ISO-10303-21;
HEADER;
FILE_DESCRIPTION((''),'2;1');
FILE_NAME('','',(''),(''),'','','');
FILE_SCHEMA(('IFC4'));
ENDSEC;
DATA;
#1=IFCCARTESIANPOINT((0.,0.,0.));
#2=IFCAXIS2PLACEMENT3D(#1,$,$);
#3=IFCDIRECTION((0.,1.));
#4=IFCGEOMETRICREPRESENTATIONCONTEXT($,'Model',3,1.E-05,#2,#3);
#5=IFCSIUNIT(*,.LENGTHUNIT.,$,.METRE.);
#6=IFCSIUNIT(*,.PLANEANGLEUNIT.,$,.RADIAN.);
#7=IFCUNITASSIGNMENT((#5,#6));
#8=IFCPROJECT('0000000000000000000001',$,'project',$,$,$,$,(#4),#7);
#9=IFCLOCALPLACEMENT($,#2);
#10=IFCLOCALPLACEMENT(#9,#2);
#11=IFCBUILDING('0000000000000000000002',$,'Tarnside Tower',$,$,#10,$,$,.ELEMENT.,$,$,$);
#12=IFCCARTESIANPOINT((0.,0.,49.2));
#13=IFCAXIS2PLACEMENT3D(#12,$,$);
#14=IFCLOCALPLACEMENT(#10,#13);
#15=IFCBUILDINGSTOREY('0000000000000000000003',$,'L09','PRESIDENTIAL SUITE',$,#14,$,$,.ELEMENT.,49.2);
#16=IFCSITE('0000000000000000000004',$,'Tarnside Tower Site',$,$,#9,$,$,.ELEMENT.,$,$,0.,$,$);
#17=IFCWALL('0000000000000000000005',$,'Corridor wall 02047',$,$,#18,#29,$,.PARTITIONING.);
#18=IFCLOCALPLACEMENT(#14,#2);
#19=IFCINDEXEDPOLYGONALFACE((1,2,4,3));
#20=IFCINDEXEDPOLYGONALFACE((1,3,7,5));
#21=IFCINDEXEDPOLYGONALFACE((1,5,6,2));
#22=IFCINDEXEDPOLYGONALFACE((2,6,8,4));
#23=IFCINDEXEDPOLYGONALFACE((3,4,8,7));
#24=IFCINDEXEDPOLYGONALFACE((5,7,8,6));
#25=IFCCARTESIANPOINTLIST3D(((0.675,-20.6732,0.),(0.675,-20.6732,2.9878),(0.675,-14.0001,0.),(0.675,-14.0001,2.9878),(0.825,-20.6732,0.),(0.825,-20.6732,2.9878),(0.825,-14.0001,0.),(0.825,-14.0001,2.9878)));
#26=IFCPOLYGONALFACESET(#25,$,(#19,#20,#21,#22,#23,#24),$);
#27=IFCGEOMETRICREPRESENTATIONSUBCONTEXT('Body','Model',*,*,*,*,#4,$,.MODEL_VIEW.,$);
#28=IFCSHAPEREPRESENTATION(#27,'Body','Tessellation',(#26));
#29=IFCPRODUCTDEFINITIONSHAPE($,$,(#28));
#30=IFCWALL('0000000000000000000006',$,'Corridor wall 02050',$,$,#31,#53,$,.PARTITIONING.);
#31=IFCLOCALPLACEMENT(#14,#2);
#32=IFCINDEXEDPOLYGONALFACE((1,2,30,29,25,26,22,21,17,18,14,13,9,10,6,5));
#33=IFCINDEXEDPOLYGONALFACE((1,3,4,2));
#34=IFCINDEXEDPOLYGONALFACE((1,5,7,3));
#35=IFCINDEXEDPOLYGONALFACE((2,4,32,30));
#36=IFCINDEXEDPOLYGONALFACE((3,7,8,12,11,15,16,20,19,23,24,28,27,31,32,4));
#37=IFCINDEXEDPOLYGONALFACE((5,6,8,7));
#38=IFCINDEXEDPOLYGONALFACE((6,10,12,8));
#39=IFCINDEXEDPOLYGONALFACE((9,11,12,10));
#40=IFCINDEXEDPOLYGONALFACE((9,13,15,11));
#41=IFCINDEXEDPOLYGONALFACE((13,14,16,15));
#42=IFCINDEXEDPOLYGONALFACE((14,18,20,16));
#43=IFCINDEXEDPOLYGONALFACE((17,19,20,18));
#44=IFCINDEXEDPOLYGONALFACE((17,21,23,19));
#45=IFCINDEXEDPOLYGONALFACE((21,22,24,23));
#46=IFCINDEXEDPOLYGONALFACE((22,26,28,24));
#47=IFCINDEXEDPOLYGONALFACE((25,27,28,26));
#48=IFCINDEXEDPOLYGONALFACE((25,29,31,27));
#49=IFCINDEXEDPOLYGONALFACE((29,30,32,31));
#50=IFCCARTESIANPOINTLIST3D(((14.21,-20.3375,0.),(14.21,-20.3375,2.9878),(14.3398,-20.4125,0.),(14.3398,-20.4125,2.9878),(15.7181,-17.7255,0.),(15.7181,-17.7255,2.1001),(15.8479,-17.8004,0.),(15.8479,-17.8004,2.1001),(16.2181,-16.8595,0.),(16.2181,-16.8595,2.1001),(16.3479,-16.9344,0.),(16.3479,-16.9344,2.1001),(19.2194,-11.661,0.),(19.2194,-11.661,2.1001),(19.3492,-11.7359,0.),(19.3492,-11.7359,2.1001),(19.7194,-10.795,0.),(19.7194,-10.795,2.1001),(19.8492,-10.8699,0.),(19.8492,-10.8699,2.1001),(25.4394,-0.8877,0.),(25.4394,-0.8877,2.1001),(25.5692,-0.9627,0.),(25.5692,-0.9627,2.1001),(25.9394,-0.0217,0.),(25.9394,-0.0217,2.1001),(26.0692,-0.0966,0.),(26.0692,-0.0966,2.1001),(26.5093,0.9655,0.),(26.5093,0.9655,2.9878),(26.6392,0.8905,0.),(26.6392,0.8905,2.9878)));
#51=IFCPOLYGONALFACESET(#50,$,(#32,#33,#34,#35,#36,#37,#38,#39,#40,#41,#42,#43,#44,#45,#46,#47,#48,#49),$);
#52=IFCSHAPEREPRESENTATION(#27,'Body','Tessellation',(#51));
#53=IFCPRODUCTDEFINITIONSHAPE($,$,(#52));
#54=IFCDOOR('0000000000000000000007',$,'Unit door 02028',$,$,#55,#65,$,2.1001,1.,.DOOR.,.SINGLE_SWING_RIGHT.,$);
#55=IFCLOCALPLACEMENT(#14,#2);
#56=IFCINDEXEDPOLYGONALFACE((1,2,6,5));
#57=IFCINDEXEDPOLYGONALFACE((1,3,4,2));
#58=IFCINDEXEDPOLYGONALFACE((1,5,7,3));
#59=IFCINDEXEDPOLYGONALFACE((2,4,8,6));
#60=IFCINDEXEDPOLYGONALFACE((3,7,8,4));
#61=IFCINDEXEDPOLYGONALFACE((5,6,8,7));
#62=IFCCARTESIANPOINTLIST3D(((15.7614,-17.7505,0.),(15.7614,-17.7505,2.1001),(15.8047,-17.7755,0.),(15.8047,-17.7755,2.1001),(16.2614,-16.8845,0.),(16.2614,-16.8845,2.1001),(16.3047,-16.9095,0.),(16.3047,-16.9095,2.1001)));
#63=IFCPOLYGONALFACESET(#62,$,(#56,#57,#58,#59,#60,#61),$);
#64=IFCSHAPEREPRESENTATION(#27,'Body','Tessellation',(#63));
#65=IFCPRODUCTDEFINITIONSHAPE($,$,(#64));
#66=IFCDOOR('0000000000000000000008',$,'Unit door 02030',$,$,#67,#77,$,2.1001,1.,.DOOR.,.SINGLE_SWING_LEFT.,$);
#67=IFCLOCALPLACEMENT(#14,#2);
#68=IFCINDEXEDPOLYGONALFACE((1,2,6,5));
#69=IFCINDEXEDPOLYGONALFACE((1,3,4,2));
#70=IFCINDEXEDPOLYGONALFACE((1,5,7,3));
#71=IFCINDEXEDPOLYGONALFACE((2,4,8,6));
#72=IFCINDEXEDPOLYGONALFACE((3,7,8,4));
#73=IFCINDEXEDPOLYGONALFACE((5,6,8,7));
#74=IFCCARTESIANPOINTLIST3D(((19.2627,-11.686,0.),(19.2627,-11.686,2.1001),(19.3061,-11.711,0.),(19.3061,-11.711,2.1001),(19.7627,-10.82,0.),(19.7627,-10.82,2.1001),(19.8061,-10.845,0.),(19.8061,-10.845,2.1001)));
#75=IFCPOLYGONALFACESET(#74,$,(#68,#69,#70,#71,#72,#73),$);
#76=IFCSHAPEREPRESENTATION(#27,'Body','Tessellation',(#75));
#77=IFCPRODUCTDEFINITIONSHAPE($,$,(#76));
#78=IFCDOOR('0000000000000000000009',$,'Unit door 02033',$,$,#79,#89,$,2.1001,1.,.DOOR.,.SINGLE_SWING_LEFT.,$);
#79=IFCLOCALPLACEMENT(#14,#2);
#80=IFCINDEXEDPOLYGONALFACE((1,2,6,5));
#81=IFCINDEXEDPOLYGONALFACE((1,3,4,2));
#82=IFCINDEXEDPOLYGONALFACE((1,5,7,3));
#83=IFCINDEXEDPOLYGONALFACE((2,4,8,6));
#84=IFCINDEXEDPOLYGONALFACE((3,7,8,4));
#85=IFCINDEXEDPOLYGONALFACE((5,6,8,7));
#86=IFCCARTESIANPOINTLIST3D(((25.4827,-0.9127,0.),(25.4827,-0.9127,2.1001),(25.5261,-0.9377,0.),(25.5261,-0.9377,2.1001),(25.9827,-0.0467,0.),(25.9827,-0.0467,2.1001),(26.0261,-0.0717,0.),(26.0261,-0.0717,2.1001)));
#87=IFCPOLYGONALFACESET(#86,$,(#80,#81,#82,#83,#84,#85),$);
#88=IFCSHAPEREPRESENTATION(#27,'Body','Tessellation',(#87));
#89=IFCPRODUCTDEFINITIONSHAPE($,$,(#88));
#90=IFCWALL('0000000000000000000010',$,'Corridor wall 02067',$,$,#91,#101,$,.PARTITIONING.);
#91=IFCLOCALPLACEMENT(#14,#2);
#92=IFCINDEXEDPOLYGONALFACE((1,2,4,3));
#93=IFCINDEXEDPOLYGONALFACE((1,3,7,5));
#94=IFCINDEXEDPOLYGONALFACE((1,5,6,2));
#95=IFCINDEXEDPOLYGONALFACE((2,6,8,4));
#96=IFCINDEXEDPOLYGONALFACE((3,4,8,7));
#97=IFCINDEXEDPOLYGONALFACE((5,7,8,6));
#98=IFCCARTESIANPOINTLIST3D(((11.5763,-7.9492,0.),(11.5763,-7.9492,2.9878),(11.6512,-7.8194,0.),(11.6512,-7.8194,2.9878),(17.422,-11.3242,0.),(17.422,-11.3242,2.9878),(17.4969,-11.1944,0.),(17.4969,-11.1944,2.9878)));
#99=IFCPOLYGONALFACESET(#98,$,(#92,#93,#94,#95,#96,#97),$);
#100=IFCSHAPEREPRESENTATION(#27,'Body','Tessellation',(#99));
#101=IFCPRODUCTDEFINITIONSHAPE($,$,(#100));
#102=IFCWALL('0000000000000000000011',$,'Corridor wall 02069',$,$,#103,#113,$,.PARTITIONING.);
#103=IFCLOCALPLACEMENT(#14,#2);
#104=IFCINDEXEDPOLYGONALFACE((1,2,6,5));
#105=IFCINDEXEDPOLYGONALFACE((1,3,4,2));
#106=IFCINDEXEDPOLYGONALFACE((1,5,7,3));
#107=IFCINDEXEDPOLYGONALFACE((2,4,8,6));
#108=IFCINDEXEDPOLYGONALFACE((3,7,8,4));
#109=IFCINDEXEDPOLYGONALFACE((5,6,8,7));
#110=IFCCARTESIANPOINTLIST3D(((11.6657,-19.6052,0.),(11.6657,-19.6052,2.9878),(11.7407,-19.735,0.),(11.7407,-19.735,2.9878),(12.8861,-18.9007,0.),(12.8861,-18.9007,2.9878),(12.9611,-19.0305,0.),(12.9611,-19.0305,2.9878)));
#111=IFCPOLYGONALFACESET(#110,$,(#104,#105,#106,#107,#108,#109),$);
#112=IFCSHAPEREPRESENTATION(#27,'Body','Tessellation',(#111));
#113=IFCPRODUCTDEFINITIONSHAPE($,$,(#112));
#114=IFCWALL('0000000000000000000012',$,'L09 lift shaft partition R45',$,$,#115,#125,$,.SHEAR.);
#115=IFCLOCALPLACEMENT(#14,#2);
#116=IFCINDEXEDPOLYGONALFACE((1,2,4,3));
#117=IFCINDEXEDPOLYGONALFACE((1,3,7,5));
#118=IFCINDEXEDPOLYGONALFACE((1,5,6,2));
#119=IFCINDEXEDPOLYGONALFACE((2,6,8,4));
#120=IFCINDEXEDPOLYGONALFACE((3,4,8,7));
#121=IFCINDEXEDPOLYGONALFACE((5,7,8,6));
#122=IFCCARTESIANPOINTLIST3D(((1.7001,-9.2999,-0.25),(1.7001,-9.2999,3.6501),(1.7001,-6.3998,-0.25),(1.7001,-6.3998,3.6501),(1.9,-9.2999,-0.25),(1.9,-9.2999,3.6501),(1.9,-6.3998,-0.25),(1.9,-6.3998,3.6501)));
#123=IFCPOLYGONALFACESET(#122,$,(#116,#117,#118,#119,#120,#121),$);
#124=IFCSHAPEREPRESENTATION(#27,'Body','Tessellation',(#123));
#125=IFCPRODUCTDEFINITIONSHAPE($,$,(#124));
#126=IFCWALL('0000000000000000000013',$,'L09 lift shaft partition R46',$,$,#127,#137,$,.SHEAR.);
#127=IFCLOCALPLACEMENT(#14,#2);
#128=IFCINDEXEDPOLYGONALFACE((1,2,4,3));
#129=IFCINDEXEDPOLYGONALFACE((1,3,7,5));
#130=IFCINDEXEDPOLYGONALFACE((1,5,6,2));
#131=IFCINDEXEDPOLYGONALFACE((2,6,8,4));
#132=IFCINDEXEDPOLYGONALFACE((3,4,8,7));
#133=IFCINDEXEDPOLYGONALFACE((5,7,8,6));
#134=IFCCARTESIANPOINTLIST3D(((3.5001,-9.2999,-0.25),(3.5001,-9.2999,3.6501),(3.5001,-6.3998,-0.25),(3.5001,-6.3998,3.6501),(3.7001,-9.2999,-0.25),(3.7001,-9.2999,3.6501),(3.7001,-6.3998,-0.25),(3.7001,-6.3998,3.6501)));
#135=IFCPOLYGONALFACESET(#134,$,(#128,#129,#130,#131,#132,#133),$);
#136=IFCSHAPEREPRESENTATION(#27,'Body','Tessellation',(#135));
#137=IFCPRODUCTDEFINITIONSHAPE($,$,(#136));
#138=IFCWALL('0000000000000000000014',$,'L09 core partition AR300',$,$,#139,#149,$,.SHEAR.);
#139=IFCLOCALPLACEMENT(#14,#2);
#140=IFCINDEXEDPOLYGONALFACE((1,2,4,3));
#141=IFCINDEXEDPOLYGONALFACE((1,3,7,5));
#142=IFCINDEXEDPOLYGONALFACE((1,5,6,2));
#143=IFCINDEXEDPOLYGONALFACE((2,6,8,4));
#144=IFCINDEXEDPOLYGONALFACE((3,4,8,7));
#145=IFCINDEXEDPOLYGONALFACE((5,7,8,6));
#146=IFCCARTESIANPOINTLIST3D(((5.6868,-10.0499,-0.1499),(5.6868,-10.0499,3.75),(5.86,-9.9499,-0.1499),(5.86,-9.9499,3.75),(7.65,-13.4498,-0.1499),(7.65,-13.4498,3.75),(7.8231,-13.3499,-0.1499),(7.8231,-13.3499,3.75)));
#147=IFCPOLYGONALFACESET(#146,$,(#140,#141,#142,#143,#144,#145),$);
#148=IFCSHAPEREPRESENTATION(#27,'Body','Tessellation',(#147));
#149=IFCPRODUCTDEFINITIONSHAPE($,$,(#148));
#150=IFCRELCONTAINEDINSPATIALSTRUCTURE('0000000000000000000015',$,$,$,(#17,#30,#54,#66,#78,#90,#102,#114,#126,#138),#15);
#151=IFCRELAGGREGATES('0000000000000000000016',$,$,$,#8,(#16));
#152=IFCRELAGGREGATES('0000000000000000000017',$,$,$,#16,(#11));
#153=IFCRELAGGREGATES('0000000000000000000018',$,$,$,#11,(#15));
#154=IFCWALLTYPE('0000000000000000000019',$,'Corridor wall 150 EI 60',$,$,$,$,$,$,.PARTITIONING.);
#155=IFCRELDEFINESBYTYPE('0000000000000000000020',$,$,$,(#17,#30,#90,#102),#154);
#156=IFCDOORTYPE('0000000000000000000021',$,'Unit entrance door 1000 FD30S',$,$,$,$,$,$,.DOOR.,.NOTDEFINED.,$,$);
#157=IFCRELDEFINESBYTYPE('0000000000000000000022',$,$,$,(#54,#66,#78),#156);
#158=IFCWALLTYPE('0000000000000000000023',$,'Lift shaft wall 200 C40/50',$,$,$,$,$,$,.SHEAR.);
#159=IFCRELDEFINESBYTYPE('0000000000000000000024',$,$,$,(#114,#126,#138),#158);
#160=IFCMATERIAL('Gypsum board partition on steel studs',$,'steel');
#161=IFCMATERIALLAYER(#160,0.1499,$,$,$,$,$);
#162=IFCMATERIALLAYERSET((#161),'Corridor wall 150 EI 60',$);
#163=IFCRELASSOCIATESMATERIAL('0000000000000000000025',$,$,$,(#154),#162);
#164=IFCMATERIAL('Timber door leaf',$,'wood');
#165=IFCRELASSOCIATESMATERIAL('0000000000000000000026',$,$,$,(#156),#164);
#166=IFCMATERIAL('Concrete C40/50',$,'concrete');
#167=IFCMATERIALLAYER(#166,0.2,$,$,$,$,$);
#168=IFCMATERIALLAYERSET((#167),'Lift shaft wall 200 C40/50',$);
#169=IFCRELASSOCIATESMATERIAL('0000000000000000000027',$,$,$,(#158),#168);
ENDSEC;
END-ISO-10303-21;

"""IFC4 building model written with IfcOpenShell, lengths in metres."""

from ifc_helpers import new_model, si_unit, direction, frame, frame_2d, origin, place, context, subcontext, project, spatial, rectangle, extrude, material, layer, layer_set, type_object, element, fill, save


model = new_model("IFC4")

# Units and contexts
model_context = context("Model", 3, precision=1e-05, world=origin(), true_north=direction((0.0, 1.0)))
body_context = subcontext(model_context, "Body", "Model", "MODEL_VIEW")
ifc_project = project(units=[si_unit("LENGTHUNIT", "METRE"), si_unit("PLANEANGLEUNIT", "RADIAN")], contexts=[model_context])

# Site, building, storey
site_placement = place(None, origin())
site = spatial("IfcSite", under=ifc_project, at=site_placement, Name="Tarnside Tower Site", CompositionType="ELEMENT", RefElevation=0.0)
building_placement = place(site_placement, origin())
building = spatial("IfcBuilding", under=site, at=building_placement, Name="Tarnside Tower", CompositionType="ELEMENT")
storey_placement = place(building_placement, frame((0.0, 0.0, 49.2)))
storey = spatial("IfcBuildingStorey", under=building, at=storey_placement, Name="L09", Description="PRESIDENTIAL SUITE", CompositionType="ELEMENT", Elevation=49.2)

# Shared definitions
ifc_material_1 = material(Name="Gypsum board partition on steel studs", Category="steel")
ifc_material_2 = material(Name="Timber door leaf", Category="wood")
ifc_layer_1 = layer(ifc_material_1, 0.1499)
ifc_layer_set_1 = layer_set([ifc_layer_1], Name="Corridor wall 150 EI 60")
wall_type_1 = type_object("IfcWallType", Name="Corridor wall 150 EI 60", PredefinedType="PARTITIONING", material=ifc_layer_set_1)

# Wall
wall_1_placement = place(storey_placement, frame((0.75, -20.6731, 0.0), z_axis=(0.0, 0.0, 1.0), x_axis=(0.0, 1.0, 0.0)))
element("IfcWall", 1, at=wall_1_placement, inside=storey, type_object=wall_type_1, Name="Corridor wall 02047", PredefinedType="PARTITIONING", context=body_context, shape_type="SweptSolid", body=[
    extrude(rectangle(XDim=6.6731, YDim=0.1499, at=frame_2d((3.3364, 0.0))), origin(), (0.0, 0.0, 1.0), 2.9878),
])

# Wall, openings, doors
wall_2_placement = place(storey_placement, frame((14.2749, -20.375, 0.0), z_axis=(0.0, 0.0, 1.0), x_axis=(0.500001, 0.866025, 0.0)))
wall_2 = element("IfcWall", 2, at=wall_2_placement, inside=storey, type_object=wall_type_1, Name="Corridor wall 02050", PredefinedType="PARTITIONING", context=body_context, shape_type="SweptSolid", body=[
    extrude(rectangle(XDim=24.5986, YDim=0.1499, at=frame_2d((12.2993, 0.0))), origin(), (0.0, 0.0, 1.0), 2.9878),
])
opening_1_placement = place(wall_2_placement, frame((3.0161, 0.0, 0.0)))
opening_1 = element("IfcOpeningElement", 3, at=opening_1_placement, cuts=wall_2, PredefinedType="OPENING", context=body_context, shape_type="SweptSolid", body=[
    extrude(rectangle(XDim=1.0, YDim=2.1001, at=frame_2d((0.5, 1.05))), frame((0.0, 0.085, 0.0), z_axis=(0.0, -1.0, 0.0), x_axis=(1.0, 0.0, 0.0)), (0.0, 0.0, 1.0), 0.1699),
])
opening_2_placement = place(wall_2_placement, frame((10.0188, 0.0, 0.0)))
opening_2 = element("IfcOpeningElement", 4, at=opening_2_placement, cuts=wall_2, PredefinedType="OPENING", context=body_context, shape_type="SweptSolid", body=[
    extrude(rectangle(XDim=1.0, YDim=2.1001, at=frame_2d((0.5, 1.05))), frame((0.0, 0.085, 0.0), z_axis=(0.0, -1.0, 0.0), x_axis=(1.0, 0.0, 0.0)), (0.0, 0.0, 1.0), 0.1699),
])
opening_3_placement = place(wall_2_placement, frame((22.4587, 0.0, 0.0)))
opening_3 = element("IfcOpeningElement", 5, at=opening_3_placement, cuts=wall_2, PredefinedType="OPENING", context=body_context, shape_type="SweptSolid", body=[
    extrude(rectangle(XDim=1.0, YDim=2.1001, at=frame_2d((0.5, 1.05))), frame((0.0, 0.085, 0.0), z_axis=(0.0, -1.0, 0.0), x_axis=(1.0, 0.0, 0.0)), (0.0, 0.0, 1.0), 0.1699),
])
door_type_1 = type_object("IfcDoorType", Name="Unit entrance door 1000 FD30S", OperationType="NOTDEFINED", PredefinedType="DOOR", material=ifc_material_2)
door_1_placement = place(opening_1_placement, origin())
door_1 = element("IfcDoor", 6, at=door_1_placement, inside=storey, type_object=door_type_1, Name="Unit door 02028", OperationType="SINGLE_SWING_RIGHT", OverallHeight=2.1001, OverallWidth=1.0, PredefinedType="DOOR", context=body_context, shape_type="SweptSolid", body=[
    extrude(rectangle(XDim=1.0, YDim=2.1001, at=frame_2d((0.5, 1.05))), frame((0.0, 0.0249, 0.0), z_axis=(0.0, -1.0, 0.0), x_axis=(1.0, 0.0, 0.0)), (0.0, 0.0, 1.0), 0.05),
])
fill(opening_1, door_1)
door_2_placement = place(opening_2_placement, origin())
door_2 = element("IfcDoor", 7, at=door_2_placement, inside=storey, type_object=door_type_1, Name="Unit door 02030", OperationType="SINGLE_SWING_LEFT", OverallHeight=2.1001, OverallWidth=1.0, PredefinedType="DOOR", context=body_context, shape_type="SweptSolid", body=[
    extrude(rectangle(XDim=1.0, YDim=2.1001, at=frame_2d((0.5, 1.05))), frame((0.0, 0.0249, 0.0), z_axis=(0.0, -1.0, 0.0), x_axis=(1.0, 0.0, 0.0)), (0.0, 0.0, 1.0), 0.05),
])
fill(opening_2, door_2)
door_3_placement = place(opening_3_placement, origin())
door_3 = element("IfcDoor", 8, at=door_3_placement, inside=storey, type_object=door_type_1, Name="Unit door 02033", OperationType="SINGLE_SWING_LEFT", OverallHeight=2.1001, OverallWidth=1.0, PredefinedType="DOOR", context=body_context, shape_type="SweptSolid", body=[
    extrude(rectangle(XDim=1.0, YDim=2.1001, at=frame_2d((0.5, 1.05))), frame((0.0, 0.0249, 0.0), z_axis=(0.0, -1.0, 0.0), x_axis=(1.0, 0.0, 0.0)), (0.0, 0.0, 1.0), 0.05),
])
fill(opening_3, door_3)

# Walls
wall_3_placement = place(storey_placement, frame((11.6138, -7.8843, 0.0), z_axis=(0.0, 0.0, 1.0), x_axis=(0.866027, -0.499998, 0.0)))
element("IfcWall", 9, at=wall_3_placement, inside=storey, type_object=wall_type_1, Name="Corridor wall 02067", PredefinedType="PARTITIONING", context=body_context, shape_type="SweptSolid", body=[
    extrude(rectangle(XDim=6.75, YDim=0.1499, at=frame_2d((3.375, 0.0))), origin(), (0.0, 0.0, 1.0), 2.9878),
])
wall_4_placement = place(storey_placement, frame((12.9236, -18.9656, 0.0), z_axis=(0.0, 0.0, 1.0), x_axis=(-0.866038, -0.499977, 0.0)))
element("IfcWall", 10, at=wall_4_placement, inside=storey, type_object=wall_type_1, Name="Corridor wall 02069", PredefinedType="PARTITIONING", context=body_context, shape_type="SweptSolid", body=[
    extrude(rectangle(XDim=1.4092, YDim=0.1499, at=frame_2d((0.7046, 0.0))), origin(), (0.0, 0.0, 1.0), 2.9878),
])
ifc_material_3 = material(Name="Concrete C40/50", Category="concrete")
ifc_layer_2 = layer(ifc_material_3, 0.2)
ifc_layer_set_2 = layer_set([ifc_layer_2], Name="Lift shaft wall 200 C40/50")
wall_type_2 = type_object("IfcWallType", Name="Lift shaft wall 200 C40/50", PredefinedType="SHEAR", material=ifc_layer_set_2)
for number, where, z_axis, x_axis, name in (
    (11, (1.8, -9.3, -0.25), (0.0, 0.0, 1.0), (0.0, 1.0, 0.0), "L09 lift shaft partition R45"),
    (12, (3.6001, -9.3, -0.25), (0.0, 0.0, 1.0), (0.0, 1.0, 0.0), "L09 lift shaft partition R46"),
):
    element("IfcWall", number, at=place(storey_placement, frame(where, z_axis=z_axis, x_axis=x_axis)), inside=storey, type_object=wall_type_2, Name=name, PredefinedType="SHEAR", context=body_context, shape_type="SweptSolid", body=[
        extrude(rectangle(XDim=2.9001, YDim=0.2, at=frame_2d((1.4502, 0.0))), origin(), (0.0, 0.0, 1.0), 3.9001),
    ])
wall_5_placement = place(storey_placement, frame((5.7734, -10.0, -0.1499), z_axis=(0.0, 0.0, 1.0), x_axis=(0.500038, -0.866003, 0.0)))
element("IfcWall", 13, at=wall_5_placement, inside=storey, type_object=wall_type_2, Name="L09 core partition AR300", PredefinedType="SHEAR", context=body_context, shape_type="SweptSolid", body=[
    extrude(rectangle(XDim=3.926, YDim=0.2, at=frame_2d((1.9629, 0.0))), origin(), (0.0, 0.0, 1.0), 3.8999),
])

save(model, "model.ifc")
